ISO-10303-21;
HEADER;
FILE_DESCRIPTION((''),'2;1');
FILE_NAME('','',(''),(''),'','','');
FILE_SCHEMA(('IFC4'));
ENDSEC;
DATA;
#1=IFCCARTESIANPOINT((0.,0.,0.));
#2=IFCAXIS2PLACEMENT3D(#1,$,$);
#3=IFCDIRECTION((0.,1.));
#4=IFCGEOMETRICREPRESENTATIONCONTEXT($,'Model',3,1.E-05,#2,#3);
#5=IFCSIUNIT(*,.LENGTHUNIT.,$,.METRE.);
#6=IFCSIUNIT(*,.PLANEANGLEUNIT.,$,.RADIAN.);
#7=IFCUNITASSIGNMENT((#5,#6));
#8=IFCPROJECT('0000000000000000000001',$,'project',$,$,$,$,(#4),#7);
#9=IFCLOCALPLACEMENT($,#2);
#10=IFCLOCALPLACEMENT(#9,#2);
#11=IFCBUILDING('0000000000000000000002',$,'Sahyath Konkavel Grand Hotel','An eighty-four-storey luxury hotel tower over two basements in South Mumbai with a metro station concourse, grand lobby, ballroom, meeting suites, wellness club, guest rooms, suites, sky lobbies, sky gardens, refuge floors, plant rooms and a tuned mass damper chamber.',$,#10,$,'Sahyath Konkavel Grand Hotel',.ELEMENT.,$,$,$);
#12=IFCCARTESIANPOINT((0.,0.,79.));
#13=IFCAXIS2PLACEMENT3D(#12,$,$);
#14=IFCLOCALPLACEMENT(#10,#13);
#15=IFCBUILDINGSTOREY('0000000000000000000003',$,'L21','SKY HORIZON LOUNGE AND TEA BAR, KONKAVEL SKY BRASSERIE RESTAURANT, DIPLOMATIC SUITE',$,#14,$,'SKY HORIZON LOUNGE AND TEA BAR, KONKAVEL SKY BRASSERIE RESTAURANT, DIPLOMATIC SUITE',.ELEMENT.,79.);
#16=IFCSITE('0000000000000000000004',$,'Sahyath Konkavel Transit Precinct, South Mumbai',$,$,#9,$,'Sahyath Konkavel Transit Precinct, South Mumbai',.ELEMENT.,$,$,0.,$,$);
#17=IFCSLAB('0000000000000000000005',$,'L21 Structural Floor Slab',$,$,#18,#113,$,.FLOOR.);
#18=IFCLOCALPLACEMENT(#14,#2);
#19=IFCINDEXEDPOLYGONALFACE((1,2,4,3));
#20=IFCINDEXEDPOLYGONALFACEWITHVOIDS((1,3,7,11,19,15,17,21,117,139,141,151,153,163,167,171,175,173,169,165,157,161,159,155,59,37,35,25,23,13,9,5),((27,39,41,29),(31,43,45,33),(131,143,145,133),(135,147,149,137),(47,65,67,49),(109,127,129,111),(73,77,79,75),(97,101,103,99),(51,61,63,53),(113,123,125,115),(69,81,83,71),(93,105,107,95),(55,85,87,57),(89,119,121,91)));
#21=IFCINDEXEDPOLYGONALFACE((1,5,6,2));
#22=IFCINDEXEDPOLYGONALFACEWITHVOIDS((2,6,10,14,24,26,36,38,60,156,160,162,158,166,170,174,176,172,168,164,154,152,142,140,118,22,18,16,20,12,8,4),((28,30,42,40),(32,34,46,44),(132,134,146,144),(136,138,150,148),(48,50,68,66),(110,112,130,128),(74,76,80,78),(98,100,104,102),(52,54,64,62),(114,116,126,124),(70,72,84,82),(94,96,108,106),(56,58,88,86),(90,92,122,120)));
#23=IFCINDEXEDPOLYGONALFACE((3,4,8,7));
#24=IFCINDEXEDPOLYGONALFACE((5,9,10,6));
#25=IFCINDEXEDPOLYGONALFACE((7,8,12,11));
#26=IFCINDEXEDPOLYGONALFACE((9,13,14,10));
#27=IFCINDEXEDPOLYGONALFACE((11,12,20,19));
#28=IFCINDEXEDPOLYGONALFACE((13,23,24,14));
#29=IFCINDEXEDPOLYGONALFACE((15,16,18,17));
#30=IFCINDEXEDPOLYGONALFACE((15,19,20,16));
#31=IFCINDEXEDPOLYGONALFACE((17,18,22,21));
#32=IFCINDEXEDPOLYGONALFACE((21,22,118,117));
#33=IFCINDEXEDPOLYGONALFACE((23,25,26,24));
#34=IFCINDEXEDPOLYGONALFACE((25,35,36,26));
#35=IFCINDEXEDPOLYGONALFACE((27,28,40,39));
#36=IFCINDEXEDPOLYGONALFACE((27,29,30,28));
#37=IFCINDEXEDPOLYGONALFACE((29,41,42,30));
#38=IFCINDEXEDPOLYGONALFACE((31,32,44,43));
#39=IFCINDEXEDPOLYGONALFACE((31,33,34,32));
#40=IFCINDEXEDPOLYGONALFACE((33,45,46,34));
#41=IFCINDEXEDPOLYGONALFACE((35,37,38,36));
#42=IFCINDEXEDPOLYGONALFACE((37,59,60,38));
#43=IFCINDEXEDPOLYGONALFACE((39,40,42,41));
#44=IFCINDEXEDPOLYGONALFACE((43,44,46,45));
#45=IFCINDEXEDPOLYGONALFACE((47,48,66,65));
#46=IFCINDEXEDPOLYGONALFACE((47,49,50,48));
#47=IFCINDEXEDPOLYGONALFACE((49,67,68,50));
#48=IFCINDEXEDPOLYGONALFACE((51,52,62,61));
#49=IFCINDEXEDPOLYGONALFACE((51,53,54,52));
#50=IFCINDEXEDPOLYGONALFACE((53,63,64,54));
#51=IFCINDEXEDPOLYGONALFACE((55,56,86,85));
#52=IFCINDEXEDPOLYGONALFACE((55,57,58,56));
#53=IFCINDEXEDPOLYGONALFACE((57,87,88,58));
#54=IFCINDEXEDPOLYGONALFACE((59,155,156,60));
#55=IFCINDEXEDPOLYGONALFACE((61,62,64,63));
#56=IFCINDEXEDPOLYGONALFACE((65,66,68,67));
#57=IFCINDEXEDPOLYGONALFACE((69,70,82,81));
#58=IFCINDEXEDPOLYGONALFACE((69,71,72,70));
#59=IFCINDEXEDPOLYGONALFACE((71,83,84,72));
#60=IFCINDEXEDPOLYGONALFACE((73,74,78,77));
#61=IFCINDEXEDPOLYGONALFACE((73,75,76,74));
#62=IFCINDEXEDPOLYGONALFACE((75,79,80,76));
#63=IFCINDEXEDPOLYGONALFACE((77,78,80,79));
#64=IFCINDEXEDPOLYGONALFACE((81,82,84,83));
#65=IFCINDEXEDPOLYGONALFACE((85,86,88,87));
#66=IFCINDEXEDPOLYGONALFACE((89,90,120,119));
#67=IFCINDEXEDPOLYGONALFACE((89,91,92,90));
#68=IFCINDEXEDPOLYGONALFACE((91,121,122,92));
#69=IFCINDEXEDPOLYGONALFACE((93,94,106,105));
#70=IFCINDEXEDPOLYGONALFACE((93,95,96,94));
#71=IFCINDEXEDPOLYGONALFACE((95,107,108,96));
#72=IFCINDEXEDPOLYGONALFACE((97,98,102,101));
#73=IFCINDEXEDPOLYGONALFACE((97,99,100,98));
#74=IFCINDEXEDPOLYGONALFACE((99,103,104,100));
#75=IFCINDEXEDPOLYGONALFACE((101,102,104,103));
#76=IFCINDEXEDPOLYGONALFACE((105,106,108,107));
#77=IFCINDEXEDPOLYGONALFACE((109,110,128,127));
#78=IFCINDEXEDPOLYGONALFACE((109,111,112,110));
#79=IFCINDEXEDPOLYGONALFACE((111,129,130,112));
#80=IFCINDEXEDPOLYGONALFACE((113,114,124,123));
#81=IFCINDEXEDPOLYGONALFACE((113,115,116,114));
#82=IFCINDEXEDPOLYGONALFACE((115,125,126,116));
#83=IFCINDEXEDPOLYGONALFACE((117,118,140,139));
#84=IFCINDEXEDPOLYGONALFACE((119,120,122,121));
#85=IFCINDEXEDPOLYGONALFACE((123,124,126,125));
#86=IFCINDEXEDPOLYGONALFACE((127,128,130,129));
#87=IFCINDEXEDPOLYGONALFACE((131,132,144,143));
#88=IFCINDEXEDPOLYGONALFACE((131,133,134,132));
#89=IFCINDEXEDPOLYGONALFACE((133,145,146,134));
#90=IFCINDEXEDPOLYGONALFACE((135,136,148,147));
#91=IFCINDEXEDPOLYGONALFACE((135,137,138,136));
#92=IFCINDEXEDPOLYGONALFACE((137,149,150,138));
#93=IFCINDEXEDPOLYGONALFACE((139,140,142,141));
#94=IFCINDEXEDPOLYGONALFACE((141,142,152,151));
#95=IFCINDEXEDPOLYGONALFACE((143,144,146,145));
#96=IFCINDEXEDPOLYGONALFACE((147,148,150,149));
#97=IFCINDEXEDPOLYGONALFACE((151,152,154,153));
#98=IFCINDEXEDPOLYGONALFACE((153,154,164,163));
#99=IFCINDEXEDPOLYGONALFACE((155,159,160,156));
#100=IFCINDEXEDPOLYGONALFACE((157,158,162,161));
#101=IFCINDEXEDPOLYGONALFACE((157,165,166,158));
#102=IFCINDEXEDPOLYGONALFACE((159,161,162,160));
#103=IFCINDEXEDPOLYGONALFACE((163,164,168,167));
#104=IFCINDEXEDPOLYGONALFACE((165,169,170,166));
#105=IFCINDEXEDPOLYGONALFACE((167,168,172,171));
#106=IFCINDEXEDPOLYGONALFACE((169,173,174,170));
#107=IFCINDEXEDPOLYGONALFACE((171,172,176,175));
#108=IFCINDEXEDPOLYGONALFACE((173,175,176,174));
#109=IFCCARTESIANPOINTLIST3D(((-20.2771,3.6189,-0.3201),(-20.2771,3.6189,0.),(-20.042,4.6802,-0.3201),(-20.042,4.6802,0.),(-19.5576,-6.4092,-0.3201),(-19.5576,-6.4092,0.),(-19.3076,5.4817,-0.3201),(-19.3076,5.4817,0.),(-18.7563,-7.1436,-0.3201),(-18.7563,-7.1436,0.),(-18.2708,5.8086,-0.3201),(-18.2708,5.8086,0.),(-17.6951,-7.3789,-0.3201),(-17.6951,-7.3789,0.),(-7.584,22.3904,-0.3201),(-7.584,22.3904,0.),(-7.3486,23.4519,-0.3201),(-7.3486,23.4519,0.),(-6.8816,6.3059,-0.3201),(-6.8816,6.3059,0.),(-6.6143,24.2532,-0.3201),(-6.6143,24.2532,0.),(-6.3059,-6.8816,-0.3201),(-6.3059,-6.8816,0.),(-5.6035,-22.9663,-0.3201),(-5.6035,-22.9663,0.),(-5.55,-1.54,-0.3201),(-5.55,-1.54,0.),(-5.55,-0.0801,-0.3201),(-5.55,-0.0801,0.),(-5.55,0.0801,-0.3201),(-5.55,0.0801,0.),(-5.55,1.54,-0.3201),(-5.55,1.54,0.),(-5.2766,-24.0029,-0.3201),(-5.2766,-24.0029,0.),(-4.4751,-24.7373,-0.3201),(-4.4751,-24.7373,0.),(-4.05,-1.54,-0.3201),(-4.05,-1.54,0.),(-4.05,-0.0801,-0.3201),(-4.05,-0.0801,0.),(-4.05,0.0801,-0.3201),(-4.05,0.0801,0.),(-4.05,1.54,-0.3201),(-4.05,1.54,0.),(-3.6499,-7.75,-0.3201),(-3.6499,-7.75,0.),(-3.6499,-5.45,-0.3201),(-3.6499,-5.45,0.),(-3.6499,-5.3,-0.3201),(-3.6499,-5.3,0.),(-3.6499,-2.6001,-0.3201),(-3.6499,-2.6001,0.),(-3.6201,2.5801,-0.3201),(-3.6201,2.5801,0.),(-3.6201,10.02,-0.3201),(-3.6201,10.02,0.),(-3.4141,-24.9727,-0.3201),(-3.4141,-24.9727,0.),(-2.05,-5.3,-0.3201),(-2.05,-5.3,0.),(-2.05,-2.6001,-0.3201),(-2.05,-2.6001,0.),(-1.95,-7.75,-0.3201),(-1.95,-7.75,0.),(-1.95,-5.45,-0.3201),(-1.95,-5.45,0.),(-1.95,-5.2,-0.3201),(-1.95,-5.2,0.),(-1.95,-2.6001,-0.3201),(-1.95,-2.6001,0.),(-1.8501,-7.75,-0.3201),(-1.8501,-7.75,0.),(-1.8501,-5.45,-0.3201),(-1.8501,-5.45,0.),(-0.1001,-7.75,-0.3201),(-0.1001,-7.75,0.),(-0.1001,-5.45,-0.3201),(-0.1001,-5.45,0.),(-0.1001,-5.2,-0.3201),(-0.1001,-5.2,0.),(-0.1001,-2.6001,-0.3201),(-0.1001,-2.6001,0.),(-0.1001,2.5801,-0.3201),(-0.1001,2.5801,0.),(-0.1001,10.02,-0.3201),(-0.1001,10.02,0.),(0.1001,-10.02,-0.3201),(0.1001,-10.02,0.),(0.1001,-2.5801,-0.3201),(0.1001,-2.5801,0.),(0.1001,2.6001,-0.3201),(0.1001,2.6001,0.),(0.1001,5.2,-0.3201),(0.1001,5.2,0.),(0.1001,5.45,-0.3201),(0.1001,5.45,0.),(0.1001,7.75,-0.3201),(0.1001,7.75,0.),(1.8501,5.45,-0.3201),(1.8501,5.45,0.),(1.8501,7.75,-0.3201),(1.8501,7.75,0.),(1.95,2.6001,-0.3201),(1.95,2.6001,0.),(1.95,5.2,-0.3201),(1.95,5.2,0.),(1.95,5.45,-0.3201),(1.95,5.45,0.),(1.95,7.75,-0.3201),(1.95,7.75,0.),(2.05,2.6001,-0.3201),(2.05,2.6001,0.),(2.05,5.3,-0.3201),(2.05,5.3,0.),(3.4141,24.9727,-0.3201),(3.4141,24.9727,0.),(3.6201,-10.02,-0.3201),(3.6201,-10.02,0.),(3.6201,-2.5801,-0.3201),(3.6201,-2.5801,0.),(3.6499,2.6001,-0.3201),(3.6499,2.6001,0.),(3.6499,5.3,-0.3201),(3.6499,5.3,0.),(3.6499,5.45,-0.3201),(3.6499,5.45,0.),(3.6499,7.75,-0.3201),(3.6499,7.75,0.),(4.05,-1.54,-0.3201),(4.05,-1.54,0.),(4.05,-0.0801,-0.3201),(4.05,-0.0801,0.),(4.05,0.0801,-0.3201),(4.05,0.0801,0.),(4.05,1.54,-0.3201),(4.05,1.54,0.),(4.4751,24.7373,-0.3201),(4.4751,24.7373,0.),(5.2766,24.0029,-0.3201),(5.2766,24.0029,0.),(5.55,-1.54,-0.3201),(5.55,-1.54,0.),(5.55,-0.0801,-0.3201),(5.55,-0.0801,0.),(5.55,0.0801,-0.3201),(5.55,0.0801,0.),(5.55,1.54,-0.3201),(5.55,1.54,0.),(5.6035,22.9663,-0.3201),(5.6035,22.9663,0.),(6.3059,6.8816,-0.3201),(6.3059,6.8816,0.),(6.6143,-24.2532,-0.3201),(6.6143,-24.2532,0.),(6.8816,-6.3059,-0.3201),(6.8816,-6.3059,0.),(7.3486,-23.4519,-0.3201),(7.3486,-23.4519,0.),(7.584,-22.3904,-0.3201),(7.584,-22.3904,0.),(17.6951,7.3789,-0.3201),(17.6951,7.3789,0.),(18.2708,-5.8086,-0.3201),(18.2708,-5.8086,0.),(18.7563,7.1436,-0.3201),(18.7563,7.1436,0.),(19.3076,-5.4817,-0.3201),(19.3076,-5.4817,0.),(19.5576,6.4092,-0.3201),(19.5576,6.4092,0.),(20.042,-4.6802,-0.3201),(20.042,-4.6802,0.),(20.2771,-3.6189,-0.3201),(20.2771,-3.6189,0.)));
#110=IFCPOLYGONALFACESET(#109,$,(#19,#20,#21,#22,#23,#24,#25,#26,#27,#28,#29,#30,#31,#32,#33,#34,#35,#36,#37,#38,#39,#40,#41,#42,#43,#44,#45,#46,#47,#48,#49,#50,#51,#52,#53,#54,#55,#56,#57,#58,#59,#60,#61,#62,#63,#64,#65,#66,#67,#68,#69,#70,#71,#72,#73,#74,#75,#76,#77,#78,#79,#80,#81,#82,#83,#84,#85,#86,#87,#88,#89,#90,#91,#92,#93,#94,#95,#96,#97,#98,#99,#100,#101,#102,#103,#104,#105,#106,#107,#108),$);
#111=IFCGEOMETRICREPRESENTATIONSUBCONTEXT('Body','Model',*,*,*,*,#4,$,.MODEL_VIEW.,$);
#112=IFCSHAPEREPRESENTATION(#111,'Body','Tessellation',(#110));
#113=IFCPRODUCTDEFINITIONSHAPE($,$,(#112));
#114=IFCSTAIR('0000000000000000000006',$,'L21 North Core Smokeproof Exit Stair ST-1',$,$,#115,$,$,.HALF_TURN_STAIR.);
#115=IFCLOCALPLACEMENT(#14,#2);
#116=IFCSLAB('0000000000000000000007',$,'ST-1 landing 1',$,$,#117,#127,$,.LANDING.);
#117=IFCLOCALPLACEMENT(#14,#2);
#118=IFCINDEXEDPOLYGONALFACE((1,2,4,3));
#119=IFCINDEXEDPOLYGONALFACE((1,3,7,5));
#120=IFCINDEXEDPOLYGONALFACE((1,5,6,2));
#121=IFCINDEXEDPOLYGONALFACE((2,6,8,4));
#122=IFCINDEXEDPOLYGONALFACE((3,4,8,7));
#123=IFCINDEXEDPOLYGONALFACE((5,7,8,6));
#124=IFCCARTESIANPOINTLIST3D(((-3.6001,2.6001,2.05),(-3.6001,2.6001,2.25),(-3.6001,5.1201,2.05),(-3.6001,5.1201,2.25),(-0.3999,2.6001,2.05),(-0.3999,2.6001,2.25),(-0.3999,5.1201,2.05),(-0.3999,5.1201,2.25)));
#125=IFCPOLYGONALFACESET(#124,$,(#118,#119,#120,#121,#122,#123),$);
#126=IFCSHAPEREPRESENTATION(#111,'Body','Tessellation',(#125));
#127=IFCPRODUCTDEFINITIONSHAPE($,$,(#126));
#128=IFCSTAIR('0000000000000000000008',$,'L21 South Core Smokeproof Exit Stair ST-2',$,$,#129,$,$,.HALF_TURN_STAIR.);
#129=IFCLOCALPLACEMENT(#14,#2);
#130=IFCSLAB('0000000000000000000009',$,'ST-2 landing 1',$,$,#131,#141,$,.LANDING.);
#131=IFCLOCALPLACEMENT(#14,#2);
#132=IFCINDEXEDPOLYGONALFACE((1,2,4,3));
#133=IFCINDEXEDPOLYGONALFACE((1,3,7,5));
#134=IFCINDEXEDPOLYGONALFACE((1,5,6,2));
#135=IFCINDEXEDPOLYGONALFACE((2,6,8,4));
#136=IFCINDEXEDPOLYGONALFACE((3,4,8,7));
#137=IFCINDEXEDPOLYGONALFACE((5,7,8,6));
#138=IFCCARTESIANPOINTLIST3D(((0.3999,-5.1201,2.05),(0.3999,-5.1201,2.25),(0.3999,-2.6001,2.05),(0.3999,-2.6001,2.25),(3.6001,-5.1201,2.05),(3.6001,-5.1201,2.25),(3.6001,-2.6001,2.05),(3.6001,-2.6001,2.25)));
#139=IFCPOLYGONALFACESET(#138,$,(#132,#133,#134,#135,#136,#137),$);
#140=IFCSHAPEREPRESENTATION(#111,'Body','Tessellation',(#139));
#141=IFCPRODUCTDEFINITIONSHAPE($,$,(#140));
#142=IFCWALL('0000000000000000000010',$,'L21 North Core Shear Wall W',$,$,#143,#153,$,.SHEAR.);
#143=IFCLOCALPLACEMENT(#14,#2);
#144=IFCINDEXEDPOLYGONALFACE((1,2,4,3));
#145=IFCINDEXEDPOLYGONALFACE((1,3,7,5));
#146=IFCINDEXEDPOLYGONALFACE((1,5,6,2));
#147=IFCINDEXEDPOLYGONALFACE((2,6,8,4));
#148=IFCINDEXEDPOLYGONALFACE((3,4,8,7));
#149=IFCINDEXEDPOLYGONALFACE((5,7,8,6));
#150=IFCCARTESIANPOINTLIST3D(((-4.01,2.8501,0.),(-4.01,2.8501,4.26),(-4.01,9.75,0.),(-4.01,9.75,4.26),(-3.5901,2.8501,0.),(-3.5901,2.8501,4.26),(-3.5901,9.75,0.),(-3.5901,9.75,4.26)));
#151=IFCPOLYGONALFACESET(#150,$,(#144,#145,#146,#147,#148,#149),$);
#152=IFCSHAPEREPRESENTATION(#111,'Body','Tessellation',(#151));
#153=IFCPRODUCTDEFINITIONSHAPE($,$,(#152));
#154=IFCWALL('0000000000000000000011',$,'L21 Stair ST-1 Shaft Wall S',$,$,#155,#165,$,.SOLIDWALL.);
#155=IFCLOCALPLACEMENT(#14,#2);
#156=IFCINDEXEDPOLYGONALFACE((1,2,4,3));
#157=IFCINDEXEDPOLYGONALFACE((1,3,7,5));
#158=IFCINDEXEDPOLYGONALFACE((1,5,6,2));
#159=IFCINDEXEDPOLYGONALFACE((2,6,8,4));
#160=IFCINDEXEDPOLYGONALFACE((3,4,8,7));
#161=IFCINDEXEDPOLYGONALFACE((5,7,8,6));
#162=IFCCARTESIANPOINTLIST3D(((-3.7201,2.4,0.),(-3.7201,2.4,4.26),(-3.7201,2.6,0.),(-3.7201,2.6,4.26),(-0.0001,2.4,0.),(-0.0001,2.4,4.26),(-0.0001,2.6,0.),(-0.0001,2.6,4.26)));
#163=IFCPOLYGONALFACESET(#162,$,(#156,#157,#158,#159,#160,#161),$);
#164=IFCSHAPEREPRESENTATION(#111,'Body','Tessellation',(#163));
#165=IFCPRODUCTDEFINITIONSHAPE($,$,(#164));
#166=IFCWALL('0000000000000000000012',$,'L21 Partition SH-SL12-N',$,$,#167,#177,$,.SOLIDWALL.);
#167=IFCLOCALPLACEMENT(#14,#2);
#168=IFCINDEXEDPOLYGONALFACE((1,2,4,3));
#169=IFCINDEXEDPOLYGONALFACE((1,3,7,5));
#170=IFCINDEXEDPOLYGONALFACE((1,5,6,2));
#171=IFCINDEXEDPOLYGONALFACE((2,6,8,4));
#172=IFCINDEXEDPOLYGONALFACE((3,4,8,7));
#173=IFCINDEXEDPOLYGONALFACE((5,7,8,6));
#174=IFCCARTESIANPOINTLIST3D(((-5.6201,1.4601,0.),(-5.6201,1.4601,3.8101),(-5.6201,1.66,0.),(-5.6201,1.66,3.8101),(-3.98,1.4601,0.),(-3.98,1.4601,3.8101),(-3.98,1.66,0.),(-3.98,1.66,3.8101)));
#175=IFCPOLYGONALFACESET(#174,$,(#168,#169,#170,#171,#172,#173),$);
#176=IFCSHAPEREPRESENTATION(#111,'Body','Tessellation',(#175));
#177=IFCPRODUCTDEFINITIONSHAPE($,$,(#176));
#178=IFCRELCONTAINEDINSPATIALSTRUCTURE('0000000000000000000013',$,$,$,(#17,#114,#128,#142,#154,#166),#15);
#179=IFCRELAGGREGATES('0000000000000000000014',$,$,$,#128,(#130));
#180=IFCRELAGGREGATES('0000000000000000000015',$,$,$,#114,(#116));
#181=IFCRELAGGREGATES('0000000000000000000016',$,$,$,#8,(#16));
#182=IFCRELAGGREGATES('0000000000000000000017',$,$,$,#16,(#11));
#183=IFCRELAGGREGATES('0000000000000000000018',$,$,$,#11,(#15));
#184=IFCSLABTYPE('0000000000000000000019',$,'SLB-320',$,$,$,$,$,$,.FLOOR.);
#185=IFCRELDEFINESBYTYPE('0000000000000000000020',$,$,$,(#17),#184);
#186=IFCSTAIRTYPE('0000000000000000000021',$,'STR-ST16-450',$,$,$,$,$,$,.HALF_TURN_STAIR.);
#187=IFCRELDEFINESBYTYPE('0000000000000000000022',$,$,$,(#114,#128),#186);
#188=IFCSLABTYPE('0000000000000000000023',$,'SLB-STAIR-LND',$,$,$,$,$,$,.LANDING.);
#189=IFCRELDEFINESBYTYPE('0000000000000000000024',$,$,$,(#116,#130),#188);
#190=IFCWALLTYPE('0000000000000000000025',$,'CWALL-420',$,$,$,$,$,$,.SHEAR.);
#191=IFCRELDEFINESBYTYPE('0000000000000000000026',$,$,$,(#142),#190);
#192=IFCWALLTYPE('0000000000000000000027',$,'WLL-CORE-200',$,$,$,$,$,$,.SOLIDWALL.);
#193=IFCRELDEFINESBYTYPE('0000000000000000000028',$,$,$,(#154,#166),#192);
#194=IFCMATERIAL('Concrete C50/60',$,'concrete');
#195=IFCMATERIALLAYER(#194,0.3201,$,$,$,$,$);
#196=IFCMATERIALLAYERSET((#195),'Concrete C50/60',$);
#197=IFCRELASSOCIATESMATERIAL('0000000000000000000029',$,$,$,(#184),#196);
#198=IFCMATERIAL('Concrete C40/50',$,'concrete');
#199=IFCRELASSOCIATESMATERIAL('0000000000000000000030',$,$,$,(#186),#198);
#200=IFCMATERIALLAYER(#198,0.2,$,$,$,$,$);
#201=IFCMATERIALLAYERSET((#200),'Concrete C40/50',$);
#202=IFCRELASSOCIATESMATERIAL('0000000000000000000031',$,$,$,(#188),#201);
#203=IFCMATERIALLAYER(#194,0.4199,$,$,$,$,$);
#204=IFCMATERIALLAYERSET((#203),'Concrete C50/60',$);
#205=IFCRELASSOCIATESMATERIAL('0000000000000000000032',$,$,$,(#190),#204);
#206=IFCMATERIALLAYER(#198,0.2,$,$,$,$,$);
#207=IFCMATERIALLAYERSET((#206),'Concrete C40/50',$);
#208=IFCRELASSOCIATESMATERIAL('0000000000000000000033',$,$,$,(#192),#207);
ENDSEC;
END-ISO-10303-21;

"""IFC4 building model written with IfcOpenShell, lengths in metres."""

from ifc_helpers import new_model, si_unit, direction, frame, frame_2d, origin, place, context, subcontext, project, spatial, polyline, rectangle, outline, extrude, material, layer, layer_set, type_object, element, aggregate, save


model = new_model("IFC4")

# Units and contexts
model_context = context("Model", 3, precision=1e-05, world=origin(), true_north=direction((0.0, 1.0)))
body_context = subcontext(model_context, "Body", "Model", "MODEL_VIEW")
ifc_project = project(units=[si_unit("LENGTHUNIT", "METRE"), si_unit("PLANEANGLEUNIT", "RADIAN")], contexts=[model_context])

# Site, building, storey
site_placement = place(None, origin())
site = spatial("IfcSite", under=ifc_project, at=site_placement, Name="Sahyath Konkavel Transit Precinct, South Mumbai", LongName="Sahyath Konkavel Transit Precinct, South Mumbai", CompositionType="ELEMENT", RefElevation=0.0)
building_placement = place(site_placement, origin())
building = spatial("IfcBuilding", under=site, at=building_placement, Name="Sahyath Konkavel Grand Hotel", Description="An eighty-four-storey luxury hotel tower over two basements in South Mumbai with a metro station concourse, grand lobby, ballroom, meeting suites, wellness club, guest rooms, suites, sky lobbies, sky gardens, refuge floors, plant rooms and a tuned mass damper chamber.", LongName="Sahyath Konkavel Grand Hotel", CompositionType="ELEMENT")
storey_placement = place(building_placement, frame((0.0, 0.0, 79.0)))
storey = spatial("IfcBuildingStorey", under=building, at=storey_placement, Name="L21", Description="SKY HORIZON LOUNGE AND TEA BAR, KONKAVEL SKY BRASSERIE RESTAURANT, DIPLOMATIC SUITE", LongName="SKY HORIZON LOUNGE AND TEA BAR, KONKAVEL SKY BRASSERIE RESTAURANT, DIPLOMATIC SUITE", CompositionType="ELEMENT", Elevation=79.0)

# Shared definitions
ifc_material_1 = material(Name="Concrete C50/60", Category="concrete")

# Slab
ifc_layer_1 = layer(ifc_material_1, 0.3201)
ifc_layer_set_1 = layer_set([ifc_layer_1], Name="Concrete C50/60")
slab_type_1 = type_object("IfcSlabType", Name="SLB-320", PredefinedType="FLOOR", material=ifc_layer_set_1)
slab_1_placement = place(storey_placement, frame((0.0, 0.0, -0.3201)))
element("IfcSlab", 1, at=slab_1_placement, inside=storey, type_object=slab_type_1, Name="L21 Structural Floor Slab", PredefinedType="FLOOR", context=body_context, shape_type="SweptSolid", body=[
    extrude(outline(polyline([(6.8816, -6.3059), (18.2708, -5.8086), (19.3076, -5.4817), (20.042, -4.6802), (20.2771, -3.6189), (19.5576, 6.4092), (18.7563, 7.1436), (17.6951, 7.3789), (6.3059, 6.8816), (5.6035, 22.9663), (5.2766, 24.0029), (4.4751, 24.7373), (3.4141, 24.9727), (-6.6143, 24.2532), (-7.3486, 23.4519), (-7.584, 22.3904), (-6.8816, 6.3059), (-18.2708, 5.8086), (-19.3076, 5.4817), (-20.042, 4.6802), (-20.2771, 3.6189), (-19.5576, -6.4092), (-18.7563, -7.1436), (-17.6951, -7.3789), (-6.3059, -6.8816), (-5.6035, -22.9663), (-5.2766, -24.0029), (-4.4751, -24.7373), (-3.4141, -24.9727), (6.6143, -24.2532), (7.3486, -23.4519), (7.584, -22.3904), (6.8816, -6.3059)]), holes=[polyline([(-3.6201, 2.5801), (-0.1001, 2.5801), (-0.1001, 10.02), (-3.6201, 10.02), (-3.6201, 2.5801)]), polyline([(0.1001, -10.02), (3.6201, -10.02), (3.6201, -2.5801), (0.1001, -2.5801), (0.1001, -10.02)]), polyline([(0.1001, 2.6001), (1.95, 2.6001), (1.95, 5.2), (0.1001, 5.2), (0.1001, 2.6001)]), polyline([(-1.95, -5.2), (-0.1001, -5.2), (-0.1001, -2.6001), (-1.95, -2.6001), (-1.95, -5.2)]), polyline([(2.05, 2.6001), (3.6499, 2.6001), (3.6499, 5.3), (2.05, 5.3), (2.05, 2.6001)]), polyline([(-3.6499, -5.3), (-2.05, -5.3), (-2.05, -2.6001), (-3.6499, -2.6001), (-3.6499, -5.3)]), polyline([(0.1001, 5.45), (1.8501, 5.45), (1.8501, 7.75), (0.1001, 7.75), (0.1001, 5.45)]), polyline([(1.95, 5.45), (3.6499, 5.45), (3.6499, 7.75), (1.95, 7.75), (1.95, 5.45)]), polyline([(-3.6499, -7.75), (-1.95, -7.75), (-1.95, -5.45), (-3.6499, -5.45), (-3.6499, -7.75)]), polyline([(-1.8501, -7.75), (-0.1001, -7.75), (-0.1001, -5.45), (-1.8501, -5.45), (-1.8501, -7.75)]), polyline([(4.05, 0.0801), (5.55, 0.0801), (5.55, 1.54), (4.05, 1.54), (4.05, 0.0801)]), polyline([(4.05, -1.54), (5.55, -1.54), (5.55, -0.0801), (4.05, -0.0801), (4.05, -1.54)]), polyline([(-5.55, 0.0801), (-4.05, 0.0801), (-4.05, 1.54), (-5.55, 1.54), (-5.55, 0.0801)]), polyline([(-5.55, -1.54), (-4.05, -1.54), (-4.05, -0.0801), (-5.55, -0.0801), (-5.55, -1.54)])]), origin(), (0.0, 0.0, 1.0), 0.3201),
])

# Stairs, slabs
ifc_material_2 = material(Name="Concrete C40/50", Category="concrete")
stair_type = type_object("IfcStairType", Name="STR-ST16-450", PredefinedType="HALF_TURN_STAIR", material=ifc_material_2)
stair_1_placement = place(storey_placement, origin())
stair_1 = element("IfcStair", 2, at=stair_1_placement, inside=storey, type_object=stair_type, Name="L21 North Core Smokeproof Exit Stair ST-1", PredefinedType="HALF_TURN_STAIR")
ifc_layer_2 = layer(ifc_material_2, 0.2)
ifc_layer_set_2 = layer_set([ifc_layer_2], Name="Concrete C40/50")
slab_type_2 = type_object("IfcSlabType", Name="SLB-STAIR-LND", PredefinedType="LANDING", material=ifc_layer_set_2)
slab_2_placement = place(storey_placement, frame((0.0, 0.0, 2.05)))
slab_2 = element("IfcSlab", 3, at=slab_2_placement, type_object=slab_type_2, Name="ST-1 landing 1", PredefinedType="LANDING", context=body_context, shape_type="SweptSolid", body=[
    extrude(outline(polyline([(-3.6001, 5.1201), (-3.6001, 2.6001), (-0.3999, 2.6001), (-0.3999, 5.1201), (-3.6001, 5.1201)])), origin(), (0.0, 0.0, 1.0), 0.2),
])
stair_2_placement = place(storey_placement, origin())
stair_2 = element("IfcStair", 4, at=stair_2_placement, inside=storey, type_object=stair_type, Name="L21 South Core Smokeproof Exit Stair ST-2", PredefinedType="HALF_TURN_STAIR")
slab_3_placement = place(storey_placement, frame((0.0, 0.0, 2.05)))
slab_3 = element("IfcSlab", 5, at=slab_3_placement, type_object=slab_type_2, Name="ST-2 landing 1", PredefinedType="LANDING", context=body_context, shape_type="SweptSolid", body=[
    extrude(outline(polyline([(3.6001, -5.1201), (3.6001, -2.6001), (0.3999, -2.6001), (0.3999, -5.1201), (3.6001, -5.1201)])), origin(), (0.0, 0.0, 1.0), 0.2),
])
aggregate(stair_2, [slab_3])

# Walls
ifc_layer_3 = layer(ifc_material_1, 0.4199)
ifc_layer_set_3 = layer_set([ifc_layer_3], Name="Concrete C50/60")
wall_type_1 = type_object("IfcWallType", Name="CWALL-420", PredefinedType="SHEAR", material=ifc_layer_set_3)
wall_1_placement = place(storey_placement, frame((-3.8, 2.8501, 0.0), z_axis=(0.0, 0.0, 1.0), x_axis=(0.0, 1.0, 0.0)))
element("IfcWall", 6, at=wall_1_placement, inside=storey, type_object=wall_type_1, Name="L21 North Core Shear Wall W", PredefinedType="SHEAR", context=body_context, shape_type="SweptSolid", body=[
    extrude(rectangle(XDim=6.8999, YDim=0.4199, at=frame_2d((3.45, 0.0))), origin(), (0.0, 0.0, 1.0), 4.26),
])
ifc_layer_4 = layer(ifc_material_2, 0.2)
ifc_layer_set_4 = layer_set([ifc_layer_4], Name="Concrete C40/50")
wall_type_2 = type_object("IfcWallType", Name="WLL-CORE-200", PredefinedType="SOLIDWALL", material=ifc_layer_set_4)
wall_2_placement = place(storey_placement, frame((-3.72, 2.5, 0.0), z_axis=(0.0, 0.0, 1.0), x_axis=(1.0, 0.0, 0.0)))
element("IfcWall", 7, at=wall_2_placement, inside=storey, type_object=wall_type_2, Name="L21 Stair ST-1 Shaft Wall S", PredefinedType="SOLIDWALL", context=body_context, shape_type="SweptSolid", body=[
    extrude(rectangle(XDim=3.72, YDim=0.2, at=frame_2d((1.8599, 0.0))), origin(), (0.0, 0.0, 1.0), 4.26),
])
for number, where, z_axis, x_axis, name in (
    (8, (-5.6201, 1.5601, 0.0), (0.0, 0.0, 1.0), (1.0, 0.0, 0.0), "L21 Partition SH-SL12-N"),
):
    element("IfcWall", number, at=place(storey_placement, frame(where, z_axis=z_axis, x_axis=x_axis)), inside=storey, type_object=wall_type_2, Name=name, PredefinedType="SOLIDWALL", context=body_context, shape_type="SweptSolid", body=[
        extrude(rectangle(XDim=1.6401, YDim=0.2, at=frame_2d((0.8201, 0.0))), origin(), (0.0, 0.0, 1.0), 3.8101),
    ])

aggregate(stair_1, [slab_2])

save(model, "model.ifc")
